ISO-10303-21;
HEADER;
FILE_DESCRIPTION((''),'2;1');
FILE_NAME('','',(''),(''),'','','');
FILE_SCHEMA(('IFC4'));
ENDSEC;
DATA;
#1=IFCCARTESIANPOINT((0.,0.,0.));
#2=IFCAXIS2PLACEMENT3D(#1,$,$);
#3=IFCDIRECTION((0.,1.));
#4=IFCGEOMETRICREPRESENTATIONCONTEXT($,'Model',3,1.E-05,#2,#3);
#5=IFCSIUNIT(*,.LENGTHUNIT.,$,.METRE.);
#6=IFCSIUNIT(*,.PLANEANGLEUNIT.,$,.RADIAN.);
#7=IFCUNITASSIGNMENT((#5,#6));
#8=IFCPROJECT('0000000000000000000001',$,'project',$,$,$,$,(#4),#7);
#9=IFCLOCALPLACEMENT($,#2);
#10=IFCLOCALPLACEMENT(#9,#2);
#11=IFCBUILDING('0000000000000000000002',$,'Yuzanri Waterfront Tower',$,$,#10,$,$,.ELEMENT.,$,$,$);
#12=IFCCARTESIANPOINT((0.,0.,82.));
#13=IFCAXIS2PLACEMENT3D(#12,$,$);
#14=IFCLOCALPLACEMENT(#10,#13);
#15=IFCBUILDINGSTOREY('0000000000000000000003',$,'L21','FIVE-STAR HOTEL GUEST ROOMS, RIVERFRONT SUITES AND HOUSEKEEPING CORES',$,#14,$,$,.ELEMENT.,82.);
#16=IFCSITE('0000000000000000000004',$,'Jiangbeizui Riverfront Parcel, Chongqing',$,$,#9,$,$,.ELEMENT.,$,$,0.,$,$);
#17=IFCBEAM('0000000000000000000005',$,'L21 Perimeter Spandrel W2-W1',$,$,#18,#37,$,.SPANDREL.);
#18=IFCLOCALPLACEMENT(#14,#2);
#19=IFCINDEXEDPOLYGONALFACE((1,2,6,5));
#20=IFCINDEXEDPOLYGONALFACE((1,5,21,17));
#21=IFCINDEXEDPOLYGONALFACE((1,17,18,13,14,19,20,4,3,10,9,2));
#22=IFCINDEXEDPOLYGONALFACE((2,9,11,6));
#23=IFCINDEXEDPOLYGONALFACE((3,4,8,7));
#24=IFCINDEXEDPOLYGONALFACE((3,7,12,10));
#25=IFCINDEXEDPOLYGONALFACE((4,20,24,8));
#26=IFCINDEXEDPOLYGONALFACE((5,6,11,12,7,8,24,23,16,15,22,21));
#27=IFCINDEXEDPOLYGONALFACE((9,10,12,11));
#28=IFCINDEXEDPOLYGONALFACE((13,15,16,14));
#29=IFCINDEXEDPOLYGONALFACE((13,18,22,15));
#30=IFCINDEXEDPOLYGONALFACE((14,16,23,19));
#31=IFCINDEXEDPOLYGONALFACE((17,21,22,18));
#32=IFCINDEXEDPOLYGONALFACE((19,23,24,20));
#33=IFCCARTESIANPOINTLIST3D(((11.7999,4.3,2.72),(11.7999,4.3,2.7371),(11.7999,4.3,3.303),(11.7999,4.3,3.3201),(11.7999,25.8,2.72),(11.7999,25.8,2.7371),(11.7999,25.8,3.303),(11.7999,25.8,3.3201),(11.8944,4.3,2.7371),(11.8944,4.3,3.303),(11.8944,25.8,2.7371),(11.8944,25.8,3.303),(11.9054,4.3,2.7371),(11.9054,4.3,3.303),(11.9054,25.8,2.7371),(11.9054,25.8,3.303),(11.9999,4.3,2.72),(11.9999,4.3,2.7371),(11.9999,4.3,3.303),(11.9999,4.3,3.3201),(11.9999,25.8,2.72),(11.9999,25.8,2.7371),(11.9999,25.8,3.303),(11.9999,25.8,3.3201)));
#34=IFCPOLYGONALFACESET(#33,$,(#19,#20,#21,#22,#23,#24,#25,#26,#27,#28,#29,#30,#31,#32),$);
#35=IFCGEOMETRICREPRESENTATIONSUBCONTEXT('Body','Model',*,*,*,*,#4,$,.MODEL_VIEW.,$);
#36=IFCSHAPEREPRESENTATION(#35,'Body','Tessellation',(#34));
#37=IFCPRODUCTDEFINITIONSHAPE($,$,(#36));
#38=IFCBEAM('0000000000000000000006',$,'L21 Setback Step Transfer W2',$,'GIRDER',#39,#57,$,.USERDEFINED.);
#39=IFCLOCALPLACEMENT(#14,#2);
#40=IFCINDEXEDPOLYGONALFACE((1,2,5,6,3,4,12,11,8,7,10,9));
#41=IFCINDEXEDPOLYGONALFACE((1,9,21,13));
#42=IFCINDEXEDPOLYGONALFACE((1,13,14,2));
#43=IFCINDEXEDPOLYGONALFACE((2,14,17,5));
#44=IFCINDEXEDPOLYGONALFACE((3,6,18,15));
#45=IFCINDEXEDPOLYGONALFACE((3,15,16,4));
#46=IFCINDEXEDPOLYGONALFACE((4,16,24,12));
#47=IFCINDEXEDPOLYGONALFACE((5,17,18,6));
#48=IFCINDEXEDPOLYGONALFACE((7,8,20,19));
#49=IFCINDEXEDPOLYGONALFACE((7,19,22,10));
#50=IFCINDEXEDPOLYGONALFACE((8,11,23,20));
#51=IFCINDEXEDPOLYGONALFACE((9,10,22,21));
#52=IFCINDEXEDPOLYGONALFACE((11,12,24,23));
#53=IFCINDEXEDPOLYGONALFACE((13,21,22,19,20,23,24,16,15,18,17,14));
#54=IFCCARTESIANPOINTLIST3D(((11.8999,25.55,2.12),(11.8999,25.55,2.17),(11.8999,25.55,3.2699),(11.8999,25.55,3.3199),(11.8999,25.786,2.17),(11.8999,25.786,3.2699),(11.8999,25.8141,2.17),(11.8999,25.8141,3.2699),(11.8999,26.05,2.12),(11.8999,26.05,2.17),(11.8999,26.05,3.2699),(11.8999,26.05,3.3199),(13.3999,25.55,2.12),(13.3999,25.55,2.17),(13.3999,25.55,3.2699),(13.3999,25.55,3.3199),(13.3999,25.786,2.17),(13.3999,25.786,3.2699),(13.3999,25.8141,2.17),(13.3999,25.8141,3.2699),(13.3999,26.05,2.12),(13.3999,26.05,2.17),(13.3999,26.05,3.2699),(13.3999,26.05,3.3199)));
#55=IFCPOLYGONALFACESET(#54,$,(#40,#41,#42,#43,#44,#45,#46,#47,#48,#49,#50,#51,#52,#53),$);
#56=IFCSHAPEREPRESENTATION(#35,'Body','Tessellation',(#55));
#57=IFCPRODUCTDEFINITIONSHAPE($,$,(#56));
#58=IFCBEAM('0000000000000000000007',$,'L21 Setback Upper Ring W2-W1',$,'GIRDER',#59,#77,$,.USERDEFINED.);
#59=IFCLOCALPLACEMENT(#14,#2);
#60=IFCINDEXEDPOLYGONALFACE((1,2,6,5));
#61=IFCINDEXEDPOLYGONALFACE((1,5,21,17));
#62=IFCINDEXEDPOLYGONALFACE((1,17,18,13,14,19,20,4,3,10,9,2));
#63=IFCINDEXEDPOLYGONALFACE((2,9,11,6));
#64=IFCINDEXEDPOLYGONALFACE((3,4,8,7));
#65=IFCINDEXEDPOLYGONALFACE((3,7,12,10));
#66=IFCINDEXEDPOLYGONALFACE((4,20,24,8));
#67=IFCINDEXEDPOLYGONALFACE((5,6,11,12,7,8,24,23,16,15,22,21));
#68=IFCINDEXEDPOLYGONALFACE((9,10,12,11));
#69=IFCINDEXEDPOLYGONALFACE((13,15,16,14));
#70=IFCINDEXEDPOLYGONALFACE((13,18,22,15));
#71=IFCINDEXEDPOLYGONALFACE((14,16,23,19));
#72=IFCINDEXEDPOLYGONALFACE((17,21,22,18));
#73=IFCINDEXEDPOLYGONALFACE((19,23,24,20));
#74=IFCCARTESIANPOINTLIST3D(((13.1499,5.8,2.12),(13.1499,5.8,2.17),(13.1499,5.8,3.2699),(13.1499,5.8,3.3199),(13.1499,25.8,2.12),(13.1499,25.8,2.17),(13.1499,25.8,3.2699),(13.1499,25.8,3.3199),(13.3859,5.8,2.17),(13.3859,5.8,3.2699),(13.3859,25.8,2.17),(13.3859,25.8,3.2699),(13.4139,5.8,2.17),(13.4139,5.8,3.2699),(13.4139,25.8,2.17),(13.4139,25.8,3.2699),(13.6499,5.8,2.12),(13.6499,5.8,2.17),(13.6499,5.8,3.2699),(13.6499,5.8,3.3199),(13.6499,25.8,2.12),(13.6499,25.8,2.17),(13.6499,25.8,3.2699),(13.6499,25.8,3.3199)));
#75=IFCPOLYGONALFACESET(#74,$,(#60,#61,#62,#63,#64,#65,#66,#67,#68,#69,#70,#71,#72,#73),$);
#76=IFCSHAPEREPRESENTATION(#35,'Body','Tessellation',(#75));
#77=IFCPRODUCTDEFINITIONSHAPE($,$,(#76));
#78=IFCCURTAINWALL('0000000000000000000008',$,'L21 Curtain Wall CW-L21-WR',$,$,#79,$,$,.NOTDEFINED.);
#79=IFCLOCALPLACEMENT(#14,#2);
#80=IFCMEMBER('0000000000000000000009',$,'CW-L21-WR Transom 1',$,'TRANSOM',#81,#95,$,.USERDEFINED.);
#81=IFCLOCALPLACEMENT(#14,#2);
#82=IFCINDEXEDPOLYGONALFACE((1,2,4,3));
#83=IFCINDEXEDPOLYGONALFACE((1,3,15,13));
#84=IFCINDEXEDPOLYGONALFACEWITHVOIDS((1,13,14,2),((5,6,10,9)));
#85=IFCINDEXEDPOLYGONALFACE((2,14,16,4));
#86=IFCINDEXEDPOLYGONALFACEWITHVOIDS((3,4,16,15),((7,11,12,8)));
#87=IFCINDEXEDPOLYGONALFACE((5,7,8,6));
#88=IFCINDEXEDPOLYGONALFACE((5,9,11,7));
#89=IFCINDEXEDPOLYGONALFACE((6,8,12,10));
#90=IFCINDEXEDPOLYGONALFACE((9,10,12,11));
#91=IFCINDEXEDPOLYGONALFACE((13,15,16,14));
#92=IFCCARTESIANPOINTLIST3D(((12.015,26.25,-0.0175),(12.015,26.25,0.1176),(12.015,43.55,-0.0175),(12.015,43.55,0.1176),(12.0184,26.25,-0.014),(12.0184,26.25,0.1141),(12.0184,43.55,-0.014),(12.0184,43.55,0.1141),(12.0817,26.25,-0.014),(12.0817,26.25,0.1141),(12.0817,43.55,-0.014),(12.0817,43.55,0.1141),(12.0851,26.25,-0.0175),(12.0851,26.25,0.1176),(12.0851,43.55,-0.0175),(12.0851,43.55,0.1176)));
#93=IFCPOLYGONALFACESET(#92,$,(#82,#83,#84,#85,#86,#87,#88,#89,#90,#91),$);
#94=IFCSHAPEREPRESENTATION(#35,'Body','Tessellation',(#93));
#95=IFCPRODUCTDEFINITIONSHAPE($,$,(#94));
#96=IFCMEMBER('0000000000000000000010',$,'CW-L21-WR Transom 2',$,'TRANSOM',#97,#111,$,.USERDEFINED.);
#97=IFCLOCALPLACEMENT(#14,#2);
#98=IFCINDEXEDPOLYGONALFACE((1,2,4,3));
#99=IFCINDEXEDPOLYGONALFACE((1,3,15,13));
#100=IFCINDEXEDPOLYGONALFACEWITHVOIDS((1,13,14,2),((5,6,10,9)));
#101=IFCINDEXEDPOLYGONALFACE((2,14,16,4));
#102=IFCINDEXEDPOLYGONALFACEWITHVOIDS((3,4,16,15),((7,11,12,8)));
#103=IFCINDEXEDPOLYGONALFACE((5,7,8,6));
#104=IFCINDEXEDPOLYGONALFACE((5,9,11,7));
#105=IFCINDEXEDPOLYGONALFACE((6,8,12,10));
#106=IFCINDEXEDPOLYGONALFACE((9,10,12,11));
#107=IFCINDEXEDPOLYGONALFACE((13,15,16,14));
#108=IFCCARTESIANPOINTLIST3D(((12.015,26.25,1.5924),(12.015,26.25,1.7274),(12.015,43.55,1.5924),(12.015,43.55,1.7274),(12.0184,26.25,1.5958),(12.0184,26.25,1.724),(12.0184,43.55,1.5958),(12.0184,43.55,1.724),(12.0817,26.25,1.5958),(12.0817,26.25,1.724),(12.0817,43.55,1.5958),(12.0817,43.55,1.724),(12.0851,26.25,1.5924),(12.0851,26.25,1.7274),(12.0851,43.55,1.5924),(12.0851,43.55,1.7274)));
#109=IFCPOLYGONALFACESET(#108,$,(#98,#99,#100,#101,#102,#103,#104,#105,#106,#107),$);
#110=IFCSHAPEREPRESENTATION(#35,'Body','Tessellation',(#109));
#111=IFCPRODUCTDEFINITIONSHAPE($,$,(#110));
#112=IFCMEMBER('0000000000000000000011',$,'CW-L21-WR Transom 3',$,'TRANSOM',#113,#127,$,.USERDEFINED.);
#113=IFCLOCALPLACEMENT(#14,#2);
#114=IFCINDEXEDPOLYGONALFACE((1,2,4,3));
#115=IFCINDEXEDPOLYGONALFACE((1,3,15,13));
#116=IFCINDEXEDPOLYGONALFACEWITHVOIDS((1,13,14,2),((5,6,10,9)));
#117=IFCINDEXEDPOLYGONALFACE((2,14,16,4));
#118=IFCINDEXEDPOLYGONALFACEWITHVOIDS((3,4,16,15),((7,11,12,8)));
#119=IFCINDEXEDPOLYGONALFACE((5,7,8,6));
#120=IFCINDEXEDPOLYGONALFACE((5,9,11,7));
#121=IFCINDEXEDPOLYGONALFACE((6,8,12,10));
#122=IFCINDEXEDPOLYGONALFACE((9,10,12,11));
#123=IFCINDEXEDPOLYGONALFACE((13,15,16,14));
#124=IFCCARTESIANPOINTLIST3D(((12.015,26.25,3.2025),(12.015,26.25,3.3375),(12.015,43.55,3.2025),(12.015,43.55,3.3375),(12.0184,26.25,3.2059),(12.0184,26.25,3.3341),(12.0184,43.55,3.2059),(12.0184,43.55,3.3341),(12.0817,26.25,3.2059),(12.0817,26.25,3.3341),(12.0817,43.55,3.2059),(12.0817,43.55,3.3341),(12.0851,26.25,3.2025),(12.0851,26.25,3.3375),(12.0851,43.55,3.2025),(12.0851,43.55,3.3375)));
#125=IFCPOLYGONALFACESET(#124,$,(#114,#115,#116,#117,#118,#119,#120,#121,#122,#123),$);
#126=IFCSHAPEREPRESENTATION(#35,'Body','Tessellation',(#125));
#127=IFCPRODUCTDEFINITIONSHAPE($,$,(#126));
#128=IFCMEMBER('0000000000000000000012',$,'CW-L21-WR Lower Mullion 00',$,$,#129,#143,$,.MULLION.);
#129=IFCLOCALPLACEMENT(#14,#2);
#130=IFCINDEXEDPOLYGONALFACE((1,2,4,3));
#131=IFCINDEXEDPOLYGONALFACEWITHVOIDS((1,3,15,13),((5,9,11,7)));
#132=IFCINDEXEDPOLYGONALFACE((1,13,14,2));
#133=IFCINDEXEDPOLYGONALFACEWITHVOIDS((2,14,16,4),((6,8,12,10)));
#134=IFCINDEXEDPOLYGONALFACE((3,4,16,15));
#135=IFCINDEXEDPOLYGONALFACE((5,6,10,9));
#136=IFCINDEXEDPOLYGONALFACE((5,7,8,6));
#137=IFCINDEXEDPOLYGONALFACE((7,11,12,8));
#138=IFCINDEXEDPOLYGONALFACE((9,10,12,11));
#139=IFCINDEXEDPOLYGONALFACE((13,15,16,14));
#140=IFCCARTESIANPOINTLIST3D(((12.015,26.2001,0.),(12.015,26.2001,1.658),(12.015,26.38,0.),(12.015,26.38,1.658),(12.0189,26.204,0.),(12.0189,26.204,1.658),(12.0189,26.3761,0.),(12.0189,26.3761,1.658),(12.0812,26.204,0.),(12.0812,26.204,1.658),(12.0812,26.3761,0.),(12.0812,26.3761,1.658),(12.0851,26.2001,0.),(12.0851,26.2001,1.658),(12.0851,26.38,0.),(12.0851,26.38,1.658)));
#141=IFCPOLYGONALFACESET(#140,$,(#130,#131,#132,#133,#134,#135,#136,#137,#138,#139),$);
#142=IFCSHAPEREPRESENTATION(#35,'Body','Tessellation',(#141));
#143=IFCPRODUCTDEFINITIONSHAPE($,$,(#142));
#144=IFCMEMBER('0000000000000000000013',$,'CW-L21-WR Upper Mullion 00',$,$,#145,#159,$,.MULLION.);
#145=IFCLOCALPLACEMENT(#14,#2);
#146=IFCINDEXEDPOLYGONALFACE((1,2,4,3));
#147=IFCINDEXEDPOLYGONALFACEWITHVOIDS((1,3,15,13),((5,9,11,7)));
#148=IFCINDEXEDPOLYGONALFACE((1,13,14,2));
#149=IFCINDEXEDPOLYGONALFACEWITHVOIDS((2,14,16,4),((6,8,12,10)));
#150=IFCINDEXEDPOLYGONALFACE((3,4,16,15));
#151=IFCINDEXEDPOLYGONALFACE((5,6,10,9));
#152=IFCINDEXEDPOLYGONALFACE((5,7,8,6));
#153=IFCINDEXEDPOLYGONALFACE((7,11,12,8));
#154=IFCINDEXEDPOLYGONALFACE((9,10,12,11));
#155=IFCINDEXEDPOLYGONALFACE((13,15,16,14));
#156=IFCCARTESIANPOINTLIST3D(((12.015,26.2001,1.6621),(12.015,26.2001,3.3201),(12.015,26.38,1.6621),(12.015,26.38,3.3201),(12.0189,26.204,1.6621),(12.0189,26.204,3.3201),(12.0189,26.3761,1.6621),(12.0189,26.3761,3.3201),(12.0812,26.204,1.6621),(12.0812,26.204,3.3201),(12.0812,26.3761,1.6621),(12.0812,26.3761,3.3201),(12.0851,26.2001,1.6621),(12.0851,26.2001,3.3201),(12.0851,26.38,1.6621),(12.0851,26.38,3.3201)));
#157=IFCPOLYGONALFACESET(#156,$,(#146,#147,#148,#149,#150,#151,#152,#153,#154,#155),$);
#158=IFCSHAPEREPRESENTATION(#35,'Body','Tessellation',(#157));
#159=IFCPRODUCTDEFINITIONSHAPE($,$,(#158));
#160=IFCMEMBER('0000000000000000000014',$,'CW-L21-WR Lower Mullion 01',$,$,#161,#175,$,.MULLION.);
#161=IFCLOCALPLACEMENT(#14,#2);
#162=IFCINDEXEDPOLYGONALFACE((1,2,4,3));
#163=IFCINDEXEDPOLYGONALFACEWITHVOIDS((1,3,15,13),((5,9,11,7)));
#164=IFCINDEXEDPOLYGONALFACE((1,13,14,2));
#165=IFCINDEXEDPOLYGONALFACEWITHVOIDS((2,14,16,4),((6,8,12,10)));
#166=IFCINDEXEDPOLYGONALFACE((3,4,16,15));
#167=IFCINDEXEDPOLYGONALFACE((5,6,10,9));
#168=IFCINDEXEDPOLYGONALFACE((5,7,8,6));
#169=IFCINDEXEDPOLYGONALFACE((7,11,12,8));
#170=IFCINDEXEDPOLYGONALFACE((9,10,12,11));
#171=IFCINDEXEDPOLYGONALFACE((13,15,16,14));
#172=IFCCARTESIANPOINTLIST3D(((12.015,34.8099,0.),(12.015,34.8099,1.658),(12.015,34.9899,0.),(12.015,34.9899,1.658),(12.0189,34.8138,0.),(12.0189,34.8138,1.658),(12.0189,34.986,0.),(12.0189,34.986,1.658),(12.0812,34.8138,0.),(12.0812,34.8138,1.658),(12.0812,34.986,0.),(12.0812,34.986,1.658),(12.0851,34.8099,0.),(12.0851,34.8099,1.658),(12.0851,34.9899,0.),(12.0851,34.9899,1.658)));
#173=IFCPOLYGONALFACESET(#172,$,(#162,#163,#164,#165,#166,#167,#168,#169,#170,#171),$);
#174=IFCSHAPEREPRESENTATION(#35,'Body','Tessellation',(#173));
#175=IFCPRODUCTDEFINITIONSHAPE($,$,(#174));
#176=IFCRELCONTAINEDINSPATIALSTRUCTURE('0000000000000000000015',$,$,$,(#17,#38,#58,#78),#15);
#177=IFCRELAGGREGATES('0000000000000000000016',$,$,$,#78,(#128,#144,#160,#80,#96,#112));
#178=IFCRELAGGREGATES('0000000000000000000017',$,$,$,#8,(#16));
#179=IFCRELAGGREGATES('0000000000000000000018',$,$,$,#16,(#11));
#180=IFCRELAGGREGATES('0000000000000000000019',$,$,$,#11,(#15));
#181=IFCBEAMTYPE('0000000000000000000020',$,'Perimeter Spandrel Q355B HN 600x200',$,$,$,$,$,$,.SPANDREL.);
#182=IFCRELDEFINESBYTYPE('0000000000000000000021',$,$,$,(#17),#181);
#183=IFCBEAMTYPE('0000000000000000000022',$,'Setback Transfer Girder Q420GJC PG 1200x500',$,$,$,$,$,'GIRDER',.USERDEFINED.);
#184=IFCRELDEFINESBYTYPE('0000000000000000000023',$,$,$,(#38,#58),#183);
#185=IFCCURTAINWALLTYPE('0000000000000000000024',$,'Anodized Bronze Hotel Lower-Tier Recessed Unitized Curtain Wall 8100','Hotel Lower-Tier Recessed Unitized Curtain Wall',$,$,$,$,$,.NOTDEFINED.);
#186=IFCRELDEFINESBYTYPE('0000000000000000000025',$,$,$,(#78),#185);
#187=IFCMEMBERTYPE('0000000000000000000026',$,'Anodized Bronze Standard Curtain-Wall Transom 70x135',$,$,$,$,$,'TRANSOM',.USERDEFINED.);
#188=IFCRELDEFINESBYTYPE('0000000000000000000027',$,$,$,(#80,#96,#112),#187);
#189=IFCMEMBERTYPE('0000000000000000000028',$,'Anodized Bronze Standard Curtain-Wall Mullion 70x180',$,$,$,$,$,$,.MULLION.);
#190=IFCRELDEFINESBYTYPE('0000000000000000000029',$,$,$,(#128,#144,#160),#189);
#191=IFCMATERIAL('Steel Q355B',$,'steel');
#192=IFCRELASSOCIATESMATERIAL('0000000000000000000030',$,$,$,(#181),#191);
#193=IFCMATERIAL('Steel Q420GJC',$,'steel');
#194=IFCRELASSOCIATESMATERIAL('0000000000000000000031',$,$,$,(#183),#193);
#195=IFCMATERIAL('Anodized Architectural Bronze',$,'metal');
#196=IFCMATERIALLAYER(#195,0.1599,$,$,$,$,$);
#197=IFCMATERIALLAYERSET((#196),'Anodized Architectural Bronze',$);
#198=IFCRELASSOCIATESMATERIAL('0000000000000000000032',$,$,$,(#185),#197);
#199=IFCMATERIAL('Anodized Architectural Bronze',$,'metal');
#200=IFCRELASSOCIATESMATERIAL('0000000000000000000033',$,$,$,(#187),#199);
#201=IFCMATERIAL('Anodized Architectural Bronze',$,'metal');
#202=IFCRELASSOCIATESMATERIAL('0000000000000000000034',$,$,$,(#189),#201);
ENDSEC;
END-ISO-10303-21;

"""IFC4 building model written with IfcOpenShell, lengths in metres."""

from ifc_helpers import new_model, si_unit, direction, frame, origin, origin_2d, place, context, subcontext, project, spatial, hollow_rectangle, i_section, extrude, source, transform, mapped, material, layer, layer_set, material_profile, profile_set, type_object, element, aggregate, save


model = new_model("IFC4")

# Units and contexts
model_context = context("Model", 3, precision=1e-05, world=origin(), true_north=direction((0.0, 1.0)))
body_context = subcontext(model_context, "Body", "Model", "MODEL_VIEW")
ifc_project = project(units=[si_unit("LENGTHUNIT", "METRE"), si_unit("PLANEANGLEUNIT", "RADIAN")], contexts=[model_context])

# Site, building, storey
site_placement = place(None, origin())
site = spatial("IfcSite", under=ifc_project, at=site_placement, Name="Jiangbeizui Riverfront Parcel, Chongqing", CompositionType="ELEMENT", RefElevation=0.0)
building_placement = place(site_placement, origin())
building = spatial("IfcBuilding", under=site, at=building_placement, Name="Yuzanri Waterfront Tower", CompositionType="ELEMENT")
storey_placement = place(building_placement, frame((0.0, 0.0, 82.0)))
storey = spatial("IfcBuildingStorey", under=building, at=storey_placement, Name="L21", Description="FIVE-STAR HOTEL GUEST ROOMS, RIVERFRONT SUITES AND HOUSEKEEPING CORES", CompositionType="ELEMENT", Elevation=82.0)

# Beams
ifc_material_1 = material(Name="Steel Q355B", Category="steel")
ifc_material_profile_1 = material_profile(ifc_material_1, i_section(OverallWidth=0.2, OverallDepth=0.6001, WebThickness=0.011, FlangeThickness=0.0171, at=origin_2d()), Name="HN 600x200x11x17")
ifc_profile_set_1 = profile_set([ifc_material_profile_1], Name="Steel Q355B")
beam_type_1 = type_object("IfcBeamType", Name="Perimeter Spandrel Q355B HN 600x200", PredefinedType="SPANDREL", material=ifc_profile_set_1)
shared_shape_1 = source(origin(), body_context, "Body", "SweptSolid", [
    extrude(i_section(OverallWidth=0.2, OverallDepth=0.6001, WebThickness=0.011, FlangeThickness=0.0171, at=origin_2d()), origin(), (0.0, 0.0, 1.0), 21.5),
])
beam_1_placement = place(storey_placement, frame((11.8999, 25.8, 3.02), z_axis=(0.0, -1.0, 0.0), x_axis=(1.0, 0.0, 0.0)))
element("IfcBeam", 1, at=beam_1_placement, inside=storey, type_object=beam_type_1, Name="L21 Perimeter Spandrel W2-W1", PredefinedType="SPANDREL", context=body_context, shape_type="MappedRepresentation", body=[
    mapped(shared_shape_1, transform((0.0, 0.0, 0.0), scale=1.0)),
])
ifc_material_2 = material(Name="Steel Q420GJC", Category="steel")
ifc_material_profile_2 = material_profile(ifc_material_2, i_section(OverallWidth=0.5, OverallDepth=1.2, WebThickness=0.0281, FlangeThickness=0.05, at=origin_2d()), Name="PG 1200x500x28x50")
ifc_profile_set_2 = profile_set([ifc_material_profile_2], Name="Steel Q420GJC")
beam_type_2 = type_object("IfcBeamType", Name="Setback Transfer Girder Q420GJC PG 1200x500", ElementType="GIRDER", PredefinedType="USERDEFINED", material=ifc_profile_set_2)
shared_shape_2 = source(origin(), body_context, "Body", "SweptSolid", [
    extrude(i_section(OverallWidth=0.5, OverallDepth=1.2, WebThickness=0.0281, FlangeThickness=0.05, at=origin_2d()), origin(), (0.0, 0.0, 1.0), 1.5),
])
beam_2_placement = place(storey_placement, frame((13.3999, 25.8, 2.72), z_axis=(-1.0, 0.0, 0.0), x_axis=(0.0, -1.0, 0.0)))
element("IfcBeam", 2, at=beam_2_placement, inside=storey, type_object=beam_type_2, Name="L21 Setback Step Transfer W2", ObjectType="GIRDER", PredefinedType="USERDEFINED", context=body_context, shape_type="MappedRepresentation", body=[
    mapped(shared_shape_2, transform((0.0, 0.0, 0.0), scale=1.0)),
])
shared_shape_3 = source(origin(), body_context, "Body", "SweptSolid", [
    extrude(i_section(OverallWidth=0.5, OverallDepth=1.2, WebThickness=0.0281, FlangeThickness=0.05, at=origin_2d()), origin(), (0.0, 0.0, 1.0), 20.0),
])
beam_3_placement = place(storey_placement, frame((13.3999, 25.8, 2.72), z_axis=(0.0, -1.0, 0.0), x_axis=(1.0, 0.0, 0.0)))
element("IfcBeam", 3, at=beam_3_placement, inside=storey, type_object=beam_type_2, Name="L21 Setback Upper Ring W2-W1", ObjectType="GIRDER", PredefinedType="USERDEFINED", context=body_context, shape_type="MappedRepresentation", body=[
    mapped(shared_shape_3, transform((0.0, 0.0, 0.0), scale=1.0)),
])

# Curtain wall, members
ifc_material_3 = material(Name="Anodized Architectural Bronze", Category="metal")
ifc_layer_1 = layer(ifc_material_3, 0.1599)
ifc_layer_set_1 = layer_set([ifc_layer_1], Name="Anodized Architectural Bronze")
curtain_wall_type = type_object("IfcCurtainWallType", Name="Anodized Bronze Hotel Lower-Tier Recessed Unitized Curtain Wall 8100", Description="Hotel Lower-Tier Recessed Unitized Curtain Wall", PredefinedType="NOTDEFINED", material=ifc_layer_set_1)
curtain_wall_placement = place(storey_placement, origin())
curtain_wall = element("IfcCurtainWall", 4, at=curtain_wall_placement, inside=storey, type_object=curtain_wall_type, Name="L21 Curtain Wall CW-L21-WR", PredefinedType="NOTDEFINED")
ifc_material_4 = material(Name="Anodized Architectural Bronze", Category="metal")
ifc_material_profile_3 = material_profile(ifc_material_4, hollow_rectangle(XDim=0.0701, YDim=0.135, WallThickness=0.0034, at=origin_2d()), Name="CWT 70x135")
ifc_profile_set_3 = profile_set([ifc_material_profile_3], Name="Anodized Architectural Bronze")
member_type_1 = type_object("IfcMemberType", Name="Anodized Bronze Standard Curtain-Wall Transom 70x135", ElementType="TRANSOM", PredefinedType="USERDEFINED", material=ifc_profile_set_3)
shared_shape_4 = source(origin(), body_context, "Body", "SweptSolid", [
    extrude(hollow_rectangle(XDim=0.0701, YDim=0.135, WallThickness=0.0034, at=origin_2d()), origin(), (0.0, 0.0, 1.0), 17.3),
])
member_1_placement = place(storey_placement, frame((12.05, 26.25, 0.05), z_axis=(0.0, 1.0, 0.0), x_axis=(-1.0, 0.0, 0.0)))
member_1 = element("IfcMember", 5, at=member_1_placement, type_object=member_type_1, Name="CW-L21-WR Transom 1", ObjectType="TRANSOM", PredefinedType="USERDEFINED", context=body_context, shape_type="MappedRepresentation", body=[
    mapped(shared_shape_4, transform((0.0, 0.0, 0.0), scale=1.0)),
])
member_2_placement = place(storey_placement, frame((12.05, 26.25, 1.6599), z_axis=(0.0, 1.0, 0.0), x_axis=(-1.0, 0.0, 0.0)))
member_2 = element("IfcMember", 6, at=member_2_placement, type_object=member_type_1, Name="CW-L21-WR Transom 2", ObjectType="TRANSOM", PredefinedType="USERDEFINED", context=body_context, shape_type="MappedRepresentation", body=[
    mapped(shared_shape_4, transform((0.0, 0.0, 0.0), scale=1.0)),
])
member_3_placement = place(storey_placement, frame((12.05, 26.25, 3.27), z_axis=(0.0, 1.0, 0.0), x_axis=(-1.0, 0.0, 0.0)))
member_3 = element("IfcMember", 7, at=member_3_placement, type_object=member_type_1, Name="CW-L21-WR Transom 3", ObjectType="TRANSOM", PredefinedType="USERDEFINED", context=body_context, shape_type="MappedRepresentation", body=[
    mapped(shared_shape_4, transform((0.0, 0.0, 0.0), scale=1.0)),
])
ifc_material_5 = material(Name="Anodized Architectural Bronze", Category="metal")
ifc_material_profile_4 = material_profile(ifc_material_5, hollow_rectangle(XDim=0.0701, YDim=0.1799, WallThickness=0.0039, at=origin_2d()), Name="CWM 70x180")
ifc_profile_set_4 = profile_set([ifc_material_profile_4], Name="Anodized Architectural Bronze")
member_type_2 = type_object("IfcMemberType", Name="Anodized Bronze Standard Curtain-Wall Mullion 70x180", PredefinedType="MULLION", material=ifc_profile_set_4)
shared_shape_5 = source(origin(), body_context, "Body", "SweptSolid", [
    extrude(hollow_rectangle(XDim=0.0701, YDim=0.1799, WallThickness=0.0039, at=origin_2d()), origin(), (0.0, 0.0, 1.0), 1.658),
])
member_4_placement = place(storey_placement, frame((12.05, 26.29, 0.0), z_axis=(0.0, 0.0, 1.0), x_axis=(1.0, 0.0, 0.0)))
member_4 = element("IfcMember", 8, at=member_4_placement, type_object=member_type_2, Name="CW-L21-WR Lower Mullion 00", PredefinedType="MULLION", context=body_context, shape_type="MappedRepresentation", body=[
    mapped(shared_shape_5, transform((0.0, 0.0, 0.0), scale=1.0)),
])
member_5_placement = place(storey_placement, frame((12.05, 26.29, 1.6621), z_axis=(0.0, 0.0, 1.0), x_axis=(1.0, 0.0, 0.0)))
member_5 = element("IfcMember", 9, at=member_5_placement, type_object=member_type_2, Name="CW-L21-WR Upper Mullion 00", PredefinedType="MULLION", context=body_context, shape_type="MappedRepresentation", body=[
    mapped(shared_shape_5, transform((0.0, 0.0, 0.0), scale=1.0)),
])
member_6_placement = place(storey_placement, frame((12.05, 34.8999, 0.0), z_axis=(0.0, 0.0, 1.0), x_axis=(1.0, 0.0, 0.0)))
member_6 = element("IfcMember", 10, at=member_6_placement, type_object=member_type_2, Name="CW-L21-WR Lower Mullion 01", PredefinedType="MULLION", context=body_context, shape_type="MappedRepresentation", body=[
    mapped(shared_shape_5, transform((0.0, 0.0, 0.0), scale=1.0)),
])
aggregate(curtain_wall, [member_4, member_5, member_6, member_1, member_2, member_3])

save(model, "model.ifc")
